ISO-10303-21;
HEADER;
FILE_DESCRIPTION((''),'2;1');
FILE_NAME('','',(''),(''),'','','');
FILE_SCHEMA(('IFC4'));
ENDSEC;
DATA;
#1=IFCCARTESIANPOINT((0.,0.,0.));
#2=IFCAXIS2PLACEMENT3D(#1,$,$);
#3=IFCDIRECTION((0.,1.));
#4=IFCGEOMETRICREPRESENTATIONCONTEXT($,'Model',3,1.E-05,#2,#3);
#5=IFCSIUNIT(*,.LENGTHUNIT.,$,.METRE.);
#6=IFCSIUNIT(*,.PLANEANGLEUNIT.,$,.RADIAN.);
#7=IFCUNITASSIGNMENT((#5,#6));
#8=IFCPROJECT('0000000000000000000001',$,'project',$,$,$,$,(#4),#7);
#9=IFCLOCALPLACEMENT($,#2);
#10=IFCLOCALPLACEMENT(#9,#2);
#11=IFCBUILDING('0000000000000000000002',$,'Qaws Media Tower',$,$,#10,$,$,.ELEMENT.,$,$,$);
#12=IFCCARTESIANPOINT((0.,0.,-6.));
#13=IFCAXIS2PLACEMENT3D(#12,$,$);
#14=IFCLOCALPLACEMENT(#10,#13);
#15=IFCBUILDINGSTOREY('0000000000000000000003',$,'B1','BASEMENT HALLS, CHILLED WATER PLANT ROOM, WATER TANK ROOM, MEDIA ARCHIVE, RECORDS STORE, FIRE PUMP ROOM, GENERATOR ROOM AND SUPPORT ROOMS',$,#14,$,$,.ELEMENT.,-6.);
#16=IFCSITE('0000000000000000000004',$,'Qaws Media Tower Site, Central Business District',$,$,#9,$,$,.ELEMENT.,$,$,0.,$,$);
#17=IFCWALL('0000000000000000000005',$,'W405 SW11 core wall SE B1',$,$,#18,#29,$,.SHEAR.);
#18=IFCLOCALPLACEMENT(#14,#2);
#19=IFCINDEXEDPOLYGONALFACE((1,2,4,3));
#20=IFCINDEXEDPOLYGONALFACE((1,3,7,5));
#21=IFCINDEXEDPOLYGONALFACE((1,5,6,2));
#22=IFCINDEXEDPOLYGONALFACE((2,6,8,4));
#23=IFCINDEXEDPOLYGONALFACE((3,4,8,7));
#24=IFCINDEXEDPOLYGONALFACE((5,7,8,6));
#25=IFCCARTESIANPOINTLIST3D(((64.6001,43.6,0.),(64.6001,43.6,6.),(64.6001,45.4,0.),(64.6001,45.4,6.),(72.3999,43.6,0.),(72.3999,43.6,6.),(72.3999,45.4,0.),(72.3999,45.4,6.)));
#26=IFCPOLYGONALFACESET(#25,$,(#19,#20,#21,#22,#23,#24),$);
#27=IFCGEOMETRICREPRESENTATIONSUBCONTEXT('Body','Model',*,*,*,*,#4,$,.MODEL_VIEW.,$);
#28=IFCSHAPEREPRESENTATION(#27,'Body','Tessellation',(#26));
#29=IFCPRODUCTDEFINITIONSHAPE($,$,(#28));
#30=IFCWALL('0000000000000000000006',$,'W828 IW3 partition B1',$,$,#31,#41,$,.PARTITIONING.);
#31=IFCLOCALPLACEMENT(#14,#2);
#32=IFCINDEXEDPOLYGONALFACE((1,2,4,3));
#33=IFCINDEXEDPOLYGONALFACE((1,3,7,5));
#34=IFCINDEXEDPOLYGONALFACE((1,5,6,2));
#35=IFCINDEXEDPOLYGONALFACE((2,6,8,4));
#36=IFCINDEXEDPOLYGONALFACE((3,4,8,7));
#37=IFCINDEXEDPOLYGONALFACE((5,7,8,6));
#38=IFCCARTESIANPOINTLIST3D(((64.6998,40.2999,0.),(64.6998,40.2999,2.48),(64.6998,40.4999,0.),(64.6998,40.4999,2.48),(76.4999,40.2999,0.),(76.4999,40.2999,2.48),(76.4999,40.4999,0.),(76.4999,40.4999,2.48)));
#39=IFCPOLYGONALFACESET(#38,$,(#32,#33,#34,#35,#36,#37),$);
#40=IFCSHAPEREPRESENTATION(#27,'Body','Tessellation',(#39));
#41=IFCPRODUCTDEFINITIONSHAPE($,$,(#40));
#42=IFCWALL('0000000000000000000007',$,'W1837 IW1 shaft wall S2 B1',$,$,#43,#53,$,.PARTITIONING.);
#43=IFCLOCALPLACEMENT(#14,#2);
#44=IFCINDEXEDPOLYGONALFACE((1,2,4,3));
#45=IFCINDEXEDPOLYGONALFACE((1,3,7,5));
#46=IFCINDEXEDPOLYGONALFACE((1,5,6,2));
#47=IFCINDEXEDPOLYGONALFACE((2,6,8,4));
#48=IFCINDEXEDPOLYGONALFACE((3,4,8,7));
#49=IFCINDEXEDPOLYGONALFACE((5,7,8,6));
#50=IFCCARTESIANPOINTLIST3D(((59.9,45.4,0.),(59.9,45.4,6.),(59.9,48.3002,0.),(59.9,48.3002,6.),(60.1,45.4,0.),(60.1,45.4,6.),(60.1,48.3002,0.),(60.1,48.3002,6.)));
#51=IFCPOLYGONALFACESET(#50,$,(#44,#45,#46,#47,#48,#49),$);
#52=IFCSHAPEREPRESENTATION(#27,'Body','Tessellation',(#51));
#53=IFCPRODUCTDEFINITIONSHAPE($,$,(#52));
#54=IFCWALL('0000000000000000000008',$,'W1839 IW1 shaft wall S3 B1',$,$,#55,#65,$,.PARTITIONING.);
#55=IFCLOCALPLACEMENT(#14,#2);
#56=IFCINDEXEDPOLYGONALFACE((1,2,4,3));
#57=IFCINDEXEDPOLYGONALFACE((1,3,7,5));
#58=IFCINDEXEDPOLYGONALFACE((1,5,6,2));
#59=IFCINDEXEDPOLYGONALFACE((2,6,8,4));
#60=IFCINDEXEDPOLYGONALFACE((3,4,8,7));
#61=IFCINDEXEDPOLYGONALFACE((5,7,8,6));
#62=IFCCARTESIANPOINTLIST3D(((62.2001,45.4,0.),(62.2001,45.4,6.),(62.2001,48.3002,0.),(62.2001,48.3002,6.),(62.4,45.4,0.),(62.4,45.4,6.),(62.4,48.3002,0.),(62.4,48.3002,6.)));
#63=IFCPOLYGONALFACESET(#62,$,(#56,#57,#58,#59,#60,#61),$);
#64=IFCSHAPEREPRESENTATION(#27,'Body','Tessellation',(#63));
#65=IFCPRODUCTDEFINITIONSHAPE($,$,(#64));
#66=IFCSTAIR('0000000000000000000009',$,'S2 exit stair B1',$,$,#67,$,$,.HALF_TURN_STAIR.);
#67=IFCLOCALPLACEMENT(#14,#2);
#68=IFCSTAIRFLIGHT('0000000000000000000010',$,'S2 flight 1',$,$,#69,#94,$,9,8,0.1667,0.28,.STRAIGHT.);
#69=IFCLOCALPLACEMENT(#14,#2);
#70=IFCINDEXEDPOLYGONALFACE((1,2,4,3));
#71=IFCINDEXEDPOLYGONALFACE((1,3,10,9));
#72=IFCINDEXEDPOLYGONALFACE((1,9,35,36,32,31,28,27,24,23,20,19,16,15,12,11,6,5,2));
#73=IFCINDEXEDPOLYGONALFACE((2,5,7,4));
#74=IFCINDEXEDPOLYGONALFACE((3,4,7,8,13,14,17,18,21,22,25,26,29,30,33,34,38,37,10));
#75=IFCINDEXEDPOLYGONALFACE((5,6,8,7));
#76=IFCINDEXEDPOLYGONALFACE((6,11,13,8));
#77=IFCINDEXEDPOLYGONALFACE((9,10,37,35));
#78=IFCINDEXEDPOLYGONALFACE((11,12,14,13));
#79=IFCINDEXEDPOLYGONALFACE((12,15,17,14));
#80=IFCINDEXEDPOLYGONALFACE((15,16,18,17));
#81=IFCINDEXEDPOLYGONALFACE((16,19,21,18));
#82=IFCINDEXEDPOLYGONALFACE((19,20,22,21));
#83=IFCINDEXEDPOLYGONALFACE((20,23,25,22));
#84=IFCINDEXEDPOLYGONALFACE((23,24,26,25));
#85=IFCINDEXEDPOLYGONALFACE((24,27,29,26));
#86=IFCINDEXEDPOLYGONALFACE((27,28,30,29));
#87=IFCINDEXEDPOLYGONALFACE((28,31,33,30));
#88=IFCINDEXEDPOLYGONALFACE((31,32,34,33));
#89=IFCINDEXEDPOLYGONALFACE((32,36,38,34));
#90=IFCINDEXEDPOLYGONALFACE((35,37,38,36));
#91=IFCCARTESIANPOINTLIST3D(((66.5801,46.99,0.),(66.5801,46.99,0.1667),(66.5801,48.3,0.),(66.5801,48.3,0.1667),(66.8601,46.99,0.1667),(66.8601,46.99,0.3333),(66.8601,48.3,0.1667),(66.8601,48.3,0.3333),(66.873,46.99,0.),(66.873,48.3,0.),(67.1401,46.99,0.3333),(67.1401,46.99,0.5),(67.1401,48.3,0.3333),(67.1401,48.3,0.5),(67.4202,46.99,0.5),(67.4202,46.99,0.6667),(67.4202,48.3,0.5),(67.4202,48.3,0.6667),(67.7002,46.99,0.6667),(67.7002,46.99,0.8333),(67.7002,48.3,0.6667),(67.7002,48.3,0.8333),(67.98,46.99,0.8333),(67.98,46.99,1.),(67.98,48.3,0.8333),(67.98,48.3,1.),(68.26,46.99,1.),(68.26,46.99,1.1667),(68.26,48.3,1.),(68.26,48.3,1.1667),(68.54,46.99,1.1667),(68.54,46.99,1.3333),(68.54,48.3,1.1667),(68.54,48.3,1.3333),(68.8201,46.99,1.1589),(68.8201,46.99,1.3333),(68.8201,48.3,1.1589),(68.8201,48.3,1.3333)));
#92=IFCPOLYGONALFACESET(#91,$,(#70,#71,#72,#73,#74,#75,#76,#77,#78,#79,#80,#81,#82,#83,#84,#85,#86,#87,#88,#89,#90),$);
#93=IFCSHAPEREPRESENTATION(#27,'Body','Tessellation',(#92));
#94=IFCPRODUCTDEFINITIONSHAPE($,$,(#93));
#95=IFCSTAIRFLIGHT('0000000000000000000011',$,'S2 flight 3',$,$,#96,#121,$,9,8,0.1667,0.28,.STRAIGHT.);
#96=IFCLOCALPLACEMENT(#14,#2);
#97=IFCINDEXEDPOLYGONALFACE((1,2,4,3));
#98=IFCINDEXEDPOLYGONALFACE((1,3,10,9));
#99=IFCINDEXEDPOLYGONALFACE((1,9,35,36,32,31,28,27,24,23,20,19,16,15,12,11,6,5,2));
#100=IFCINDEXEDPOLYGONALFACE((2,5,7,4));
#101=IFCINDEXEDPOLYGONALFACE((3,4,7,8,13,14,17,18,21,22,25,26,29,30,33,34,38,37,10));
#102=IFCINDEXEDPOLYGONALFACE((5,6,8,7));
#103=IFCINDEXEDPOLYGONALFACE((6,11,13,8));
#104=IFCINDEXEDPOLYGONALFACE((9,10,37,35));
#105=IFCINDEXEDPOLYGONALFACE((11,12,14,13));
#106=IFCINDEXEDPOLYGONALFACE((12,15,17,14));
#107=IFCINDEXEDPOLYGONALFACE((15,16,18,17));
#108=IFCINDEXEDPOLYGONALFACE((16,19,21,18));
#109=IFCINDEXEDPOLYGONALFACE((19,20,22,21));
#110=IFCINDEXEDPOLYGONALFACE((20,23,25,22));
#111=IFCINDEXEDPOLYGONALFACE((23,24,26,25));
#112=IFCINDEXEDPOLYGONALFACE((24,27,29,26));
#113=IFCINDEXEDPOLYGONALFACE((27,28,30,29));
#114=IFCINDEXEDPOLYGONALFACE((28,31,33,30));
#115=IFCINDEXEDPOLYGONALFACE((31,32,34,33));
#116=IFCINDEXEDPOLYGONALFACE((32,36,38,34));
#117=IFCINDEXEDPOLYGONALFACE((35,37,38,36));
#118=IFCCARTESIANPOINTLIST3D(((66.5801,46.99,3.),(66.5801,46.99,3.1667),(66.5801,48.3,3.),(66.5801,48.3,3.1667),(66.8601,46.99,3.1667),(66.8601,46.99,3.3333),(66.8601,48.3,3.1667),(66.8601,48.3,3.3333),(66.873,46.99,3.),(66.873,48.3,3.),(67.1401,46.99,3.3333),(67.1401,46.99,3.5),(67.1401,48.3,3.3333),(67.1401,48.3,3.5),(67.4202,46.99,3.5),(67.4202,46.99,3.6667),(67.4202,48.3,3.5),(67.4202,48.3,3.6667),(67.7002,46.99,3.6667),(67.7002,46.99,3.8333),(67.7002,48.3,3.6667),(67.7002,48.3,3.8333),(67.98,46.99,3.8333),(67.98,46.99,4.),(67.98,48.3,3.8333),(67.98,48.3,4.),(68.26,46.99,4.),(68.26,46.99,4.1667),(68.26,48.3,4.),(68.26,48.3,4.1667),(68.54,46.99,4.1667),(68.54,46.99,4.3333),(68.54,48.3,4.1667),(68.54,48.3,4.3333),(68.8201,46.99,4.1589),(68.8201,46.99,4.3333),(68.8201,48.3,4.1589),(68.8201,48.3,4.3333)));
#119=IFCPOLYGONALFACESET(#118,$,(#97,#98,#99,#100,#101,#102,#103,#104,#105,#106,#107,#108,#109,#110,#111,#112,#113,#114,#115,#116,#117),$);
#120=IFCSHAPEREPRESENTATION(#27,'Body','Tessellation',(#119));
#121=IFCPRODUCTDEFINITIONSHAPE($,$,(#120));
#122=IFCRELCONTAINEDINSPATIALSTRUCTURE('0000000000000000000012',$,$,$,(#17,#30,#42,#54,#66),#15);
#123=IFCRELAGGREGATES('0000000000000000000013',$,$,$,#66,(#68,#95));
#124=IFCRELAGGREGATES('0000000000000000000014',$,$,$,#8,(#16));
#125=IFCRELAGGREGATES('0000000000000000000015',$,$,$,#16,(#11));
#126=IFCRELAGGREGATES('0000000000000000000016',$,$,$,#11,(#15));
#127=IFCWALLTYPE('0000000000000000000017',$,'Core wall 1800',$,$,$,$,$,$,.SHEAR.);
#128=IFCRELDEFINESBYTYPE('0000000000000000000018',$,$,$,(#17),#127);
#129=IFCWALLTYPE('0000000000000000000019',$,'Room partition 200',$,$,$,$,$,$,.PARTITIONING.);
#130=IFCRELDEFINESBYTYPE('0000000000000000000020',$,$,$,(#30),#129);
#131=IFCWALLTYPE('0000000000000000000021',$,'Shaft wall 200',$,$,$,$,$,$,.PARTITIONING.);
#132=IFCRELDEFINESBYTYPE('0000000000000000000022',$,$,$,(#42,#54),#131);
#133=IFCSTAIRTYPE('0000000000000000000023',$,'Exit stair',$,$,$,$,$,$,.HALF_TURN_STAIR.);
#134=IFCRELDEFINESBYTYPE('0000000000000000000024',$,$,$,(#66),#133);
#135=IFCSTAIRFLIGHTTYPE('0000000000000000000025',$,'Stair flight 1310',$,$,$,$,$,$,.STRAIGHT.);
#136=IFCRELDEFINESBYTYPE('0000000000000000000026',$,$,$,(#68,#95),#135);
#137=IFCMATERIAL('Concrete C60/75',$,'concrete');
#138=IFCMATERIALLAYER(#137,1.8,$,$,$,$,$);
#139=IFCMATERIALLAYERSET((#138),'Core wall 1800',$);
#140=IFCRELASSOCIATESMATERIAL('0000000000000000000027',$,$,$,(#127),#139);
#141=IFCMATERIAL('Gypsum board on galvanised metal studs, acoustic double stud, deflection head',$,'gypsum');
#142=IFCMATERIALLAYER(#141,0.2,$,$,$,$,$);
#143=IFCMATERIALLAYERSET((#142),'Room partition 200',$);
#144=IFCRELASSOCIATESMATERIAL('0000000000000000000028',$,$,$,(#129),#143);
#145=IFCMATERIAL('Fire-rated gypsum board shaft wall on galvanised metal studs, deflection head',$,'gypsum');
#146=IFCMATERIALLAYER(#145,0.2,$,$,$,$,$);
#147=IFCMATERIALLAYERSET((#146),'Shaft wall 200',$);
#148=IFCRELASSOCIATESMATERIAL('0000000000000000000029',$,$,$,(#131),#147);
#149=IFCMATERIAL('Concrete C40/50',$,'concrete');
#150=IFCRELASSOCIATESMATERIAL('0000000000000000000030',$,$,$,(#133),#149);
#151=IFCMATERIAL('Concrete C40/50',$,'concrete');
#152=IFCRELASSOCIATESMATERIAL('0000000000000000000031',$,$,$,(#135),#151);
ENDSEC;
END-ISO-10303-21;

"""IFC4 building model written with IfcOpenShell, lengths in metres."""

from ifc_helpers import new_model, si_unit, direction, frame, frame_2d, origin, place, context, subcontext, project, spatial, polyline, rectangle, outline, extrude, material, layer, layer_set, type_object, element, aggregate, save


model = new_model("IFC4")

# Units and contexts
model_context = context("Model", 3, precision=1e-05, world=origin(), true_north=direction((0.0, 1.0)))
body_context = subcontext(model_context, "Body", "Model", "MODEL_VIEW")
ifc_project = project(units=[si_unit("LENGTHUNIT", "METRE"), si_unit("PLANEANGLEUNIT", "RADIAN")], contexts=[model_context])

# Site, building, storey
site_placement = place(None, origin())
site = spatial("IfcSite", under=ifc_project, at=site_placement, Name="Qaws Media Tower Site, Central Business District", CompositionType="ELEMENT", RefElevation=0.0)
building_placement = place(site_placement, origin())
building = spatial("IfcBuilding", under=site, at=building_placement, Name="Qaws Media Tower", CompositionType="ELEMENT")
storey_placement = place(building_placement, frame((0.0, 0.0, -6.0)))
storey = spatial("IfcBuildingStorey", under=building, at=storey_placement, Name="B1", Description="BASEMENT HALLS, CHILLED WATER PLANT ROOM, WATER TANK ROOM, MEDIA ARCHIVE, RECORDS STORE, FIRE PUMP ROOM, GENERATOR ROOM AND SUPPORT ROOMS", CompositionType="ELEMENT", Elevation=-6.0)

# Walls
ifc_material_1 = material(Name="Concrete C60/75", Category="concrete")
ifc_layer_1 = layer(ifc_material_1, 1.8)
ifc_layer_set_1 = layer_set([ifc_layer_1], Name="Core wall 1800")
wall_type_1 = type_object("IfcWallType", Name="Core wall 1800", PredefinedType="SHEAR", material=ifc_layer_set_1)
wall_1_placement = place(storey_placement, frame((64.6001, 44.5, 0.0), z_axis=(0.0, 0.0, 1.0), x_axis=(1.0, 0.0, 0.0)))
element("IfcWall", 1, at=wall_1_placement, inside=storey, type_object=wall_type_1, Name="W405 SW11 core wall SE B1", PredefinedType="SHEAR", context=body_context, shape_type="SweptSolid", body=[
    extrude(rectangle(XDim=7.7998, YDim=1.8, at=frame_2d((3.8999, 0.0))), origin(), (0.0, 0.0, 1.0), 6.0),
])
ifc_material_2 = material(Name="Gypsum board on galvanised metal studs, acoustic double stud, deflection head", Category="gypsum")
ifc_layer_2 = layer(ifc_material_2, 0.2)
ifc_layer_set_2 = layer_set([ifc_layer_2], Name="Room partition 200")
wall_type_2 = type_object("IfcWallType", Name="Room partition 200", PredefinedType="PARTITIONING", material=ifc_layer_set_2)
wall_2_placement = place(storey_placement, frame((64.7, 40.3999, 0.0), z_axis=(0.0, 0.0, 1.0), x_axis=(1.0, 0.0, 0.0)))
element("IfcWall", 2, at=wall_2_placement, inside=storey, type_object=wall_type_2, Name="W828 IW3 partition B1", PredefinedType="PARTITIONING", context=body_context, shape_type="SweptSolid", body=[
    extrude(rectangle(XDim=11.8, YDim=0.2, at=frame_2d((5.8999, 0.0))), origin(), (0.0, 0.0, 1.0), 2.48),
])
ifc_material_3 = material(Name="Fire-rated gypsum board shaft wall on galvanised metal studs, deflection head", Category="gypsum")
ifc_layer_3 = layer(ifc_material_3, 0.2)
ifc_layer_set_3 = layer_set([ifc_layer_3], Name="Shaft wall 200")
wall_type_3 = type_object("IfcWallType", Name="Shaft wall 200", PredefinedType="PARTITIONING", material=ifc_layer_set_3)
for number, where, z_axis, x_axis, name in (
    (3, (60.0, 45.3999, 0.0), (0.0, 0.0, 1.0), (0.0, 1.0, 0.0), "W1837 IW1 shaft wall S2 B1"),
    (4, (62.3, 45.3999, 0.0), (0.0, 0.0, 1.0), (0.0, 1.0, 0.0), "W1839 IW1 shaft wall S3 B1"),
):
    element("IfcWall", number, at=place(storey_placement, frame(where, z_axis=z_axis, x_axis=x_axis)), inside=storey, type_object=wall_type_3, Name=name, PredefinedType="PARTITIONING", context=body_context, shape_type="SweptSolid", body=[
        extrude(rectangle(XDim=2.9001, YDim=0.2, at=frame_2d((1.4502, 0.0))), origin(), (0.0, 0.0, 1.0), 6.0),
    ])

# Stair, stair flights
ifc_material_4 = material(Name="Concrete C40/50", Category="concrete")
stair_type = type_object("IfcStairType", Name="Exit stair", PredefinedType="HALF_TURN_STAIR", material=ifc_material_4)
stair_placement = place(storey_placement, origin())
stair = element("IfcStair", 5, at=stair_placement, inside=storey, type_object=stair_type, Name="S2 exit stair B1", PredefinedType="HALF_TURN_STAIR")
ifc_material_5 = material(Name="Concrete C40/50", Category="concrete")
stair_flight_type = type_object("IfcStairFlightType", Name="Stair flight 1310", PredefinedType="STRAIGHT", material=ifc_material_5)
stair_flight_1_placement = place(storey_placement, frame((66.5801, 47.645, 0.0), z_axis=(0.0, 0.0, 1.0), x_axis=(1.0, 0.0, 0.0)))
stair_flight_1 = element("IfcStairFlight", 6, at=stair_flight_1_placement, type_object=stair_flight_type, Name="S2 flight 1", NumberOfRisers=9, NumberOfTreads=8, PredefinedType="STRAIGHT", RiserHeight=0.1667, TreadLength=0.28, context=body_context, shape_type="SweptSolid", body=[
    extrude(outline(polyline([(0.0, 0.0), (0.0, 0.1667), (0.28, 0.1667), (0.28, 0.3333), (0.5601, 0.3333), (0.5601, 0.5), (0.8401, 0.5), (0.8401, 0.6667), (1.1201, 0.6667), (1.1201, 0.8333), (1.3999, 0.8333), (1.3999, 1.0), (1.6799, 1.0), (1.6799, 1.1667), (1.96, 1.1667), (1.96, 1.3333), (2.24, 1.3333), (2.24, 1.5), (2.24, 1.1589), (0.293, 0.0), (0.0, 0.0)])), frame((0.0, 0.655, 0.0), z_axis=(0.0, -1.0, 0.0), x_axis=(1.0, 0.0, 0.0)), (0.0, 0.0, 1.0), 1.3101),
])
stair_flight_2_placement = place(storey_placement, frame((66.5801, 47.645, 3.0), z_axis=(0.0, 0.0, 1.0), x_axis=(1.0, 0.0, 0.0)))
stair_flight_2 = element("IfcStairFlight", 7, at=stair_flight_2_placement, type_object=stair_flight_type, Name="S2 flight 3", NumberOfRisers=9, NumberOfTreads=8, PredefinedType="STRAIGHT", RiserHeight=0.1667, TreadLength=0.28, context=body_context, shape_type="SweptSolid", body=[
    extrude(outline(polyline([(0.0, 0.0), (0.0, 0.1667), (0.28, 0.1667), (0.28, 0.3333), (0.5601, 0.3333), (0.5601, 0.5), (0.8401, 0.5), (0.8401, 0.6667), (1.1201, 0.6667), (1.1201, 0.8333), (1.3999, 0.8333), (1.3999, 1.0), (1.6799, 1.0), (1.6799, 1.1667), (1.96, 1.1667), (1.96, 1.3333), (2.24, 1.3333), (2.24, 1.5), (2.24, 1.1589), (0.293, 0.0), (0.0, 0.0)])), frame((0.0, 0.655, 0.0), z_axis=(0.0, -1.0, 0.0), x_axis=(1.0, 0.0, 0.0)), (0.0, 0.0, 1.0), 1.3101),
])
aggregate(stair, [stair_flight_1, stair_flight_2])

save(model, "model.ifc")
